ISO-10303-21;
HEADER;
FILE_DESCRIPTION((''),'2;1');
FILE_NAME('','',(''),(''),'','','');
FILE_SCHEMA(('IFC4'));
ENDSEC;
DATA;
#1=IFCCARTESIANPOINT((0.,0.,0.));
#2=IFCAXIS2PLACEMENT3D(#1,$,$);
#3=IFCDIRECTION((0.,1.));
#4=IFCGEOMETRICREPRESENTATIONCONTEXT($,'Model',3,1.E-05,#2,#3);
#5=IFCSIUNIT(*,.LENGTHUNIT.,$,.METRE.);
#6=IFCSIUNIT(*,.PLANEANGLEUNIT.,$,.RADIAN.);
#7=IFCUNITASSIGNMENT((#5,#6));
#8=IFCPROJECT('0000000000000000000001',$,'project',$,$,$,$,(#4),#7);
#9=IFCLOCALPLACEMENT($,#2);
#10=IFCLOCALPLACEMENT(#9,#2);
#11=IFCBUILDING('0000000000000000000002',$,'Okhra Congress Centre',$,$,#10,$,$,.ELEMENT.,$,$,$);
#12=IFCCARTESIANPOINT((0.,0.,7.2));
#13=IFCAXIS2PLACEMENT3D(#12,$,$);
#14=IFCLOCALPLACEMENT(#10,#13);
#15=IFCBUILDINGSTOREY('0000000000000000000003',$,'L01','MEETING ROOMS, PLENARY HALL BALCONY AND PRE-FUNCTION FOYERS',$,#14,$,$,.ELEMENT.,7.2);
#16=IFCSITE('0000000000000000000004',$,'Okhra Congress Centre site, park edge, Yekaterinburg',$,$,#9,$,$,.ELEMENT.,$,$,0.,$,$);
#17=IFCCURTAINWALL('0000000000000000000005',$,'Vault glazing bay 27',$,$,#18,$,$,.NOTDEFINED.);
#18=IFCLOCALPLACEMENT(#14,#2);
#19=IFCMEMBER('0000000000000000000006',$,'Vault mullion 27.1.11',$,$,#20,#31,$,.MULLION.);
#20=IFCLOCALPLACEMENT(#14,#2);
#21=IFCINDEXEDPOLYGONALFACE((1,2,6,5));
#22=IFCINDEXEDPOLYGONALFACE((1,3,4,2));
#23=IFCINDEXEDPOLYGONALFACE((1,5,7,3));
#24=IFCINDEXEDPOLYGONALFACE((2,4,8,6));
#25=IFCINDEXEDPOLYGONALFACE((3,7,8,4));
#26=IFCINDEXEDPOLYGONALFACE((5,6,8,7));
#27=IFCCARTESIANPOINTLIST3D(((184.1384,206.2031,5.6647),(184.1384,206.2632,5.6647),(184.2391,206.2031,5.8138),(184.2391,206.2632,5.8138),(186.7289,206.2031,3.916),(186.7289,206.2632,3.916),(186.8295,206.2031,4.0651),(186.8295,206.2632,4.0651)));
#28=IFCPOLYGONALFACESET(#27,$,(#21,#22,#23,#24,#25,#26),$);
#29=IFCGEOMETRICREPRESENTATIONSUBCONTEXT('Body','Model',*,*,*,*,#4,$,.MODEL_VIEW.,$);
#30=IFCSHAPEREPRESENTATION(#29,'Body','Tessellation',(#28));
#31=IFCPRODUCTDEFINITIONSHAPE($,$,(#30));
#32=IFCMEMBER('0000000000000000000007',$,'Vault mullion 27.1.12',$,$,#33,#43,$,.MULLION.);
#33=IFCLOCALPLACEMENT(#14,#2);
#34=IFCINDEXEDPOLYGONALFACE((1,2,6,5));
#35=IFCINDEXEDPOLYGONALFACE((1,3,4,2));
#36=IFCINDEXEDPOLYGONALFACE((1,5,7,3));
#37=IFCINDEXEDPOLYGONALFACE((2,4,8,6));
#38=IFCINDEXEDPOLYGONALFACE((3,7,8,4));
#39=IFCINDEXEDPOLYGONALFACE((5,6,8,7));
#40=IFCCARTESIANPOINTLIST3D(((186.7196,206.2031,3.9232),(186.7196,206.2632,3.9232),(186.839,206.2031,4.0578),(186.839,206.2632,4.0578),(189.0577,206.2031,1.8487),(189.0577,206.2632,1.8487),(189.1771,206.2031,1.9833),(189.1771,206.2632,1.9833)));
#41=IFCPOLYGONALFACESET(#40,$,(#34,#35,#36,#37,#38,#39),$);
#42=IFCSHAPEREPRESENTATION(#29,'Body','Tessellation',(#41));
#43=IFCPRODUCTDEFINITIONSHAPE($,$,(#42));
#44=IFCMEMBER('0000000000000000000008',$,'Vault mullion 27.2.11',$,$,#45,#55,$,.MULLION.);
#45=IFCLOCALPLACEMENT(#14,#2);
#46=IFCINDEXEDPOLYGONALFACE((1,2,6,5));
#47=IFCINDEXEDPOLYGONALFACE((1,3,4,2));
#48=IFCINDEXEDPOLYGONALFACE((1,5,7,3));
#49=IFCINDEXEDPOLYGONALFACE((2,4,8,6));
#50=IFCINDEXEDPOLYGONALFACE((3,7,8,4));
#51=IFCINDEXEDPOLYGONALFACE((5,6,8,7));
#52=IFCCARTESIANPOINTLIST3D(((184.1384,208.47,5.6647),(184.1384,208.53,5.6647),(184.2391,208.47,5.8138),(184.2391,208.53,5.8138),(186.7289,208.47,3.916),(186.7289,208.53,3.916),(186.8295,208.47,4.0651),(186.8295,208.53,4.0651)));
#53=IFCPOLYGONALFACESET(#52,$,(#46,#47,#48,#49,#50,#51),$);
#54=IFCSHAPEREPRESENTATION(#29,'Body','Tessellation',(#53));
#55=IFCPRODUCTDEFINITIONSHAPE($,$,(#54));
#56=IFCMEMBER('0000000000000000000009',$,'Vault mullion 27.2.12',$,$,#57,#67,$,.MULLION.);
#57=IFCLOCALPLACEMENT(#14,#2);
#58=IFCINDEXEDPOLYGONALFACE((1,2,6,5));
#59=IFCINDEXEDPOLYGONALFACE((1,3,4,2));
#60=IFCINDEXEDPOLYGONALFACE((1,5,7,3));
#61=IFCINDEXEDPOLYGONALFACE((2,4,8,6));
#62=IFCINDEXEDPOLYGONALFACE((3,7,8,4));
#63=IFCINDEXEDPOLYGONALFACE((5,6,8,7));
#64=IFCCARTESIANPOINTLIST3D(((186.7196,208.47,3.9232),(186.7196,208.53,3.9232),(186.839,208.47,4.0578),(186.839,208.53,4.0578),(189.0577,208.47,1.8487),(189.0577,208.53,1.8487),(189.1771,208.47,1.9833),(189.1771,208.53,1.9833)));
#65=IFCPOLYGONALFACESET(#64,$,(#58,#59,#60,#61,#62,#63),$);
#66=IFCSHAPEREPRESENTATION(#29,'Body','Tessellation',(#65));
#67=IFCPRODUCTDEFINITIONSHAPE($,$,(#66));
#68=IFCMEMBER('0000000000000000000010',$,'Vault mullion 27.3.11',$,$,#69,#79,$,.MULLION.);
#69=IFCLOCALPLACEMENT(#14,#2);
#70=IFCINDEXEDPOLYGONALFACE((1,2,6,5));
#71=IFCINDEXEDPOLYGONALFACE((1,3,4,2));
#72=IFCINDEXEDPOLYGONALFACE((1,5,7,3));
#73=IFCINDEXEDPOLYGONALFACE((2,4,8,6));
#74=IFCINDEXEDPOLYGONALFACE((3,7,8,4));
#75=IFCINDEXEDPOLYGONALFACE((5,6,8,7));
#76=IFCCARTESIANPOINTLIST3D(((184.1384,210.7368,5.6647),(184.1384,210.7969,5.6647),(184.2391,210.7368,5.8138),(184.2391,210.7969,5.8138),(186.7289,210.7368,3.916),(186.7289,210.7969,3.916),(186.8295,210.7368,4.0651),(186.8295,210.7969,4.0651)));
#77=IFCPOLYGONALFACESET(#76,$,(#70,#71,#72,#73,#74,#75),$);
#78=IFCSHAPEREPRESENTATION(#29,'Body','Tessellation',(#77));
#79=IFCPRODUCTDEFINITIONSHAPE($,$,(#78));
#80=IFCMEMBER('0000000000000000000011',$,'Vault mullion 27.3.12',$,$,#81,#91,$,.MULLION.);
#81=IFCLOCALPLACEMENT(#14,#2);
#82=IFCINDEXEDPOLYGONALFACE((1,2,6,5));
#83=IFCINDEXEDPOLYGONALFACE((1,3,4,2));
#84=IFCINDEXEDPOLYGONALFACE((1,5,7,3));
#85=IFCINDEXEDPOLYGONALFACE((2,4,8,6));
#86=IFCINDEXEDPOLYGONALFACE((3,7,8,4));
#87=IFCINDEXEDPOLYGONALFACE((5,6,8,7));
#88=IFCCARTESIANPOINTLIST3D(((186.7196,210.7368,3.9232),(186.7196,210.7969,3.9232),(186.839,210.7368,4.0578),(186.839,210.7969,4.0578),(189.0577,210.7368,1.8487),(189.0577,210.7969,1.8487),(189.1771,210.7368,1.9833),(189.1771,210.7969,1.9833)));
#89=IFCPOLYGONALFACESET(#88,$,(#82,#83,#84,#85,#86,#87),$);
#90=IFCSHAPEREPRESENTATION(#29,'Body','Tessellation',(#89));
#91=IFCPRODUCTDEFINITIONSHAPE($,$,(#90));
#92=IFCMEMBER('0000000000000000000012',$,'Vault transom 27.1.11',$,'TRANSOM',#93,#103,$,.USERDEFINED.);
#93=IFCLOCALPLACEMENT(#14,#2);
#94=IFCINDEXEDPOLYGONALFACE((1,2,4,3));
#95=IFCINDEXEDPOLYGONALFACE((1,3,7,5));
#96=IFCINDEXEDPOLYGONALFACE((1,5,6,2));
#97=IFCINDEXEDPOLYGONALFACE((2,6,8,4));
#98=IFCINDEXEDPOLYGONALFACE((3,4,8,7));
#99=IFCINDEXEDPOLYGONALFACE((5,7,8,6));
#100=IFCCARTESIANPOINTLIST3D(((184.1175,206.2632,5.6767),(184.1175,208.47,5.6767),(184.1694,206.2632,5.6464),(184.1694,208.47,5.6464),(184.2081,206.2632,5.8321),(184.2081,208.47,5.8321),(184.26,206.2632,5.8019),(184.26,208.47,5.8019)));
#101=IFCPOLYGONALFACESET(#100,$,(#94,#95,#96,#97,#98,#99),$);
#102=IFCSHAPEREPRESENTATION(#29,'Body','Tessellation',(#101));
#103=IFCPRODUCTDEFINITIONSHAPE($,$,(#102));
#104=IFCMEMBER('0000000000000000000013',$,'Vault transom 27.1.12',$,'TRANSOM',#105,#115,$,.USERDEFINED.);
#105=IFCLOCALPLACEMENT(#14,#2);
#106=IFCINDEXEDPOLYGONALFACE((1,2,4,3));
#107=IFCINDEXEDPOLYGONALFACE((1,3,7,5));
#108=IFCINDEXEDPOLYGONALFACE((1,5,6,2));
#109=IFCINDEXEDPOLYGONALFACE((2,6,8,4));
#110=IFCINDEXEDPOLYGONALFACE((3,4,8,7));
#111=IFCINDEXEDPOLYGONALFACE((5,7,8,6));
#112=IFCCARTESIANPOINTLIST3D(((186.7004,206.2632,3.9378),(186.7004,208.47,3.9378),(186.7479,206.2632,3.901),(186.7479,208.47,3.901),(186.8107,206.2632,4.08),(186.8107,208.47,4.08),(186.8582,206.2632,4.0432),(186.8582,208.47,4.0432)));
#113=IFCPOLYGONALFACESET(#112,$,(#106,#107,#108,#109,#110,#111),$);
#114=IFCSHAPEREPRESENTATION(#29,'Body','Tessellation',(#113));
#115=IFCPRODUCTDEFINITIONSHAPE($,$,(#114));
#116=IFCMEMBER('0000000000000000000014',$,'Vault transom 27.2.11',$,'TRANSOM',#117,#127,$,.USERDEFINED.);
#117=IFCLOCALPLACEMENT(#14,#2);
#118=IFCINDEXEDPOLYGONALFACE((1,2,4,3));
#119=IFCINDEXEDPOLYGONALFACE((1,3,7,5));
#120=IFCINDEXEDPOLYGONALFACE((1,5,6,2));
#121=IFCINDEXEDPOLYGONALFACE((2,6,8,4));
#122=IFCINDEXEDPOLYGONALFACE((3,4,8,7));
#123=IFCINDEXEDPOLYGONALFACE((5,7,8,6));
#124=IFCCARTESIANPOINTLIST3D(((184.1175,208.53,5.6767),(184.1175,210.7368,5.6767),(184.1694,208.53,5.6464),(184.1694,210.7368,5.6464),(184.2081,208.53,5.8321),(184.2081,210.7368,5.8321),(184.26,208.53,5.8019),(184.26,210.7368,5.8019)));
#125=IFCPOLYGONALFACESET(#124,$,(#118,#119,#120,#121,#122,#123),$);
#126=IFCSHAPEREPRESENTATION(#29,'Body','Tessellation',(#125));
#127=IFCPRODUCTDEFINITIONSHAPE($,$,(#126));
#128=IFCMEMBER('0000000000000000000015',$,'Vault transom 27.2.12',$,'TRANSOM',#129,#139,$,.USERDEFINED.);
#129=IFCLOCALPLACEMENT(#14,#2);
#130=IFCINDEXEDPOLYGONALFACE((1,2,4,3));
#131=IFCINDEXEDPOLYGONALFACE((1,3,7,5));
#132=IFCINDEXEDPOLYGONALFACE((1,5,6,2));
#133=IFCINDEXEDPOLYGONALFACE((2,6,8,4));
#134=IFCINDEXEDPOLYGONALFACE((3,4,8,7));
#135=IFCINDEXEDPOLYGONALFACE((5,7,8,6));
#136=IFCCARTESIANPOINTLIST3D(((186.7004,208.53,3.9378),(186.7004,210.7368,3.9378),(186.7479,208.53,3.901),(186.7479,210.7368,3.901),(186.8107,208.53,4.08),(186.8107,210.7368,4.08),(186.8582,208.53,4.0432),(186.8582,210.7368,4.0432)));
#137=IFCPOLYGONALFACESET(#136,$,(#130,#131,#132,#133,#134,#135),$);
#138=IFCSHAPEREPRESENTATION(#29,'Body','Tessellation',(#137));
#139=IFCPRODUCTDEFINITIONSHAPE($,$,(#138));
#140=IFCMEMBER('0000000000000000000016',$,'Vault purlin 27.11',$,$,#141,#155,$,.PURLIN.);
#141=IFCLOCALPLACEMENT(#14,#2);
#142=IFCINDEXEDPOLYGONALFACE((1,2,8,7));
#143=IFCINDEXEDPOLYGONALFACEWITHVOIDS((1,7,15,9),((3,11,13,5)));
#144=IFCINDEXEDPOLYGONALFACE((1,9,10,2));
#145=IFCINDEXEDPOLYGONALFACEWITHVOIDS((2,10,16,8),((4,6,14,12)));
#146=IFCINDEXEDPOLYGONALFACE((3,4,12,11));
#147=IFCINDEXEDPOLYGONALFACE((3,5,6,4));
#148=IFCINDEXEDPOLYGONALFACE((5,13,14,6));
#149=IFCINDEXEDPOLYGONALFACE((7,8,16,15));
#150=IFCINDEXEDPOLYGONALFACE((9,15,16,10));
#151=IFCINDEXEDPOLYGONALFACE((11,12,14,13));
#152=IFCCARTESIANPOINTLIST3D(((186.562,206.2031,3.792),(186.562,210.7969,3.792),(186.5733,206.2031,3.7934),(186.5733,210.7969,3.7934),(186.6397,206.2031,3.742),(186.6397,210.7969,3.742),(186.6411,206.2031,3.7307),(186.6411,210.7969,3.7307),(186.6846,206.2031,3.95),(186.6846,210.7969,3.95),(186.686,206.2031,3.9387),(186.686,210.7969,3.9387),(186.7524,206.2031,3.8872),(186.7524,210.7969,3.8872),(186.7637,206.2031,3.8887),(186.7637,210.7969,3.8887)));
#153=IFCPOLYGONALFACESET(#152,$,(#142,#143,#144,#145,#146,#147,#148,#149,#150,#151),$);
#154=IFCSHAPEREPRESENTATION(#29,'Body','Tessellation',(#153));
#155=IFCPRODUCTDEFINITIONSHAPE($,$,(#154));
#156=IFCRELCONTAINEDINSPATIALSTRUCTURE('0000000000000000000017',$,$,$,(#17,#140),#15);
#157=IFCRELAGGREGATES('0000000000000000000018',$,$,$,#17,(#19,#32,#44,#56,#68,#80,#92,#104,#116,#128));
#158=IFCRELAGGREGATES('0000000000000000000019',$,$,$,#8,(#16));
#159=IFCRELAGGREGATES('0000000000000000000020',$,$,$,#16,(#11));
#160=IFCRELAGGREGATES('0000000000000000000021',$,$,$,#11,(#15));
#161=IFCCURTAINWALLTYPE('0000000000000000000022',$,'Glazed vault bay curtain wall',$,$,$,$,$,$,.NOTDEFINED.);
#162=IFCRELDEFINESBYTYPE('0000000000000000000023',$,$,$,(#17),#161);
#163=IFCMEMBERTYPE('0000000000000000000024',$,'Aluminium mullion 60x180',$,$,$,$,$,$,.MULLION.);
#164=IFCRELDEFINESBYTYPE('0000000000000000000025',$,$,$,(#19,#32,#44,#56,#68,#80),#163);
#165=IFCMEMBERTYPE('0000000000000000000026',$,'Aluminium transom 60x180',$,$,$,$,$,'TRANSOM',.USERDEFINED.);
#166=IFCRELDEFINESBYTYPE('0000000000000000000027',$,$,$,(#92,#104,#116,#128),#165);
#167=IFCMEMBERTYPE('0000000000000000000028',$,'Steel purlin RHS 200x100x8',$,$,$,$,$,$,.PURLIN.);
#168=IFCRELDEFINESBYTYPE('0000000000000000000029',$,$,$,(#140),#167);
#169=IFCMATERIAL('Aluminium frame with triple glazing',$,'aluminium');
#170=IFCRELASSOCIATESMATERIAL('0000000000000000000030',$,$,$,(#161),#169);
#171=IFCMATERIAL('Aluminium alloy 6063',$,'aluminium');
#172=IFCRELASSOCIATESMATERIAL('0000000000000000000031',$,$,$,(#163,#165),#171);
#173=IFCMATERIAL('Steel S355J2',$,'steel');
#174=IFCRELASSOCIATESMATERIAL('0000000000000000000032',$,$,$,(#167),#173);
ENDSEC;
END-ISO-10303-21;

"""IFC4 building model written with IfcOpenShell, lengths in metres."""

from ifc_helpers import new_model, si_unit, direction, frame, origin, origin_2d, place, context, subcontext, project, spatial, rectangle, hollow_rectangle, extrude, material, material_profile, profile_set, type_object, element, aggregate, save


model = new_model("IFC4")

# Units and contexts
model_context = context("Model", 3, precision=1e-05, world=origin(), true_north=direction((0.0, 1.0)))
body_context = subcontext(model_context, "Body", "Model", "MODEL_VIEW")
ifc_project = project(units=[si_unit("LENGTHUNIT", "METRE"), si_unit("PLANEANGLEUNIT", "RADIAN")], contexts=[model_context])

# Site, building, storey
site_placement = place(None, origin())
site = spatial("IfcSite", under=ifc_project, at=site_placement, Name="Okhra Congress Centre site, park edge, Yekaterinburg", CompositionType="ELEMENT", RefElevation=0.0)
building_placement = place(site_placement, origin())
building = spatial("IfcBuilding", under=site, at=building_placement, Name="Okhra Congress Centre", CompositionType="ELEMENT")
storey_placement = place(building_placement, frame((0.0, 0.0, 7.2)))
storey = spatial("IfcBuildingStorey", under=building, at=storey_placement, Name="L01", Description="MEETING ROOMS, PLENARY HALL BALCONY AND PRE-FUNCTION FOYERS", CompositionType="ELEMENT", Elevation=7.2)

# Curtain wall, members
ifc_material_1 = material(Name="Aluminium frame with triple glazing", Category="aluminium")
curtain_wall_type = type_object("IfcCurtainWallType", Name="Glazed vault bay curtain wall", PredefinedType="NOTDEFINED", material=ifc_material_1)
curtain_wall_placement = place(storey_placement, origin())
curtain_wall = element("IfcCurtainWall", 1, at=curtain_wall_placement, inside=storey, type_object=curtain_wall_type, Name="Vault glazing bay 27", PredefinedType="NOTDEFINED")
ifc_material_2 = material(Name="Aluminium alloy 6063", Category="aluminium")
ifc_material_profile_1 = material_profile(ifc_material_2, rectangle(XDim=0.0601, YDim=0.1799, at=origin_2d()), Name="AL 60x180")
ifc_profile_set_1 = profile_set([ifc_material_profile_1], Name="Aluminium alloy 6063")
member_type_1 = type_object("IfcMemberType", Name="Aluminium mullion 60x180", PredefinedType="MULLION", material=ifc_profile_set_1)
member_1_placement = place(storey_placement, frame((184.1887, 206.2332, 5.7393), z_axis=(0.828828, 0.0, -0.559504), x_axis=(0.0, 1.0, 0.0)))
member_1 = element("IfcMember", 2, at=member_1_placement, type_object=member_type_1, Name="Vault mullion 27.1.11", PredefinedType="MULLION", context=body_context, shape_type="SweptSolid", body=[
    extrude(rectangle(XDim=0.0601, YDim=0.1799, at=origin_2d()), origin(), (0.0, 0.0, 1.0), 3.1255),
])
member_2_placement = place(storey_placement, frame((186.7793, 206.2332, 3.9905), z_axis=(0.748025, 0.0, -0.66367), x_axis=(0.0, 1.0, 0.0)))
member_2 = element("IfcMember", 3, at=member_2_placement, type_object=member_type_1, Name="Vault mullion 27.1.12", PredefinedType="MULLION", context=body_context, shape_type="SweptSolid", body=[
    extrude(rectangle(XDim=0.0601, YDim=0.1799, at=origin_2d()), origin(), (0.0, 0.0, 1.0), 3.1257),
])
member_3_placement = place(storey_placement, frame((184.1887, 208.5, 5.7393), z_axis=(0.828828, 0.0, -0.559504), x_axis=(0.0, 1.0, 0.0)))
member_3 = element("IfcMember", 4, at=member_3_placement, type_object=member_type_1, Name="Vault mullion 27.2.11", PredefinedType="MULLION", context=body_context, shape_type="SweptSolid", body=[
    extrude(rectangle(XDim=0.0601, YDim=0.1799, at=origin_2d()), origin(), (0.0, 0.0, 1.0), 3.1255),
])
member_4_placement = place(storey_placement, frame((186.7793, 208.5, 3.9905), z_axis=(0.748025, 0.0, -0.66367), x_axis=(0.0, 1.0, 0.0)))
member_4 = element("IfcMember", 5, at=member_4_placement, type_object=member_type_1, Name="Vault mullion 27.2.12", PredefinedType="MULLION", context=body_context, shape_type="SweptSolid", body=[
    extrude(rectangle(XDim=0.0601, YDim=0.1799, at=origin_2d()), origin(), (0.0, 0.0, 1.0), 3.1257),
])
member_5_placement = place(storey_placement, frame((184.1887, 210.7668, 5.7393), z_axis=(0.828828, 0.0, -0.559504), x_axis=(0.0, 1.0, 0.0)))
member_5 = element("IfcMember", 6, at=member_5_placement, type_object=member_type_1, Name="Vault mullion 27.3.11", PredefinedType="MULLION", context=body_context, shape_type="SweptSolid", body=[
    extrude(rectangle(XDim=0.0601, YDim=0.1799, at=origin_2d()), origin(), (0.0, 0.0, 1.0), 3.1255),
])
member_6_placement = place(storey_placement, frame((186.7793, 210.7668, 3.9905), z_axis=(0.748025, 0.0, -0.66367), x_axis=(0.0, 1.0, 0.0)))
member_6 = element("IfcMember", 7, at=member_6_placement, type_object=member_type_1, Name="Vault mullion 27.3.12", PredefinedType="MULLION", context=body_context, shape_type="SweptSolid", body=[
    extrude(rectangle(XDim=0.0601, YDim=0.1799, at=origin_2d()), origin(), (0.0, 0.0, 1.0), 3.1257),
])
ifc_material_profile_2 = material_profile(ifc_material_2, rectangle(XDim=0.0601, YDim=0.1799, at=origin_2d()), Name="AL 60x180 transom")
ifc_profile_set_2 = profile_set([ifc_material_profile_2], Name="Aluminium alloy 6063")
member_type_2 = type_object("IfcMemberType", Name="Aluminium transom 60x180", ElementType="TRANSOM", PredefinedType="USERDEFINED", material=ifc_profile_set_2)
member_7_placement = place(storey_placement, frame((184.1887, 206.2632, 5.7393), z_axis=(0.0, 1.0, 0.0), x_axis=(-0.863917, 0.0, 0.503634)))
member_7 = element("IfcMember", 8, at=member_7_placement, type_object=member_type_2, Name="Vault transom 27.1.11", ObjectType="TRANSOM", PredefinedType="USERDEFINED", context=body_context, shape_type="SweptSolid", body=[
    extrude(rectangle(XDim=0.0601, YDim=0.1799, at=origin_2d()), origin(), (0.0, 0.0, 1.0), 2.2068),
])
member_8_placement = place(storey_placement, frame((186.7793, 206.2632, 3.9905), z_axis=(0.0, 1.0, 0.0), x_axis=(-0.790145, 0.0, 0.61292)))
member_8 = element("IfcMember", 9, at=member_8_placement, type_object=member_type_2, Name="Vault transom 27.1.12", ObjectType="TRANSOM", PredefinedType="USERDEFINED", context=body_context, shape_type="SweptSolid", body=[
    extrude(rectangle(XDim=0.0601, YDim=0.1799, at=origin_2d()), origin(), (0.0, 0.0, 1.0), 2.2068),
])
member_9_placement = place(storey_placement, frame((184.1887, 208.53, 5.7393), z_axis=(0.0, 1.0, 0.0), x_axis=(-0.863917, 0.0, 0.503634)))
member_9 = element("IfcMember", 10, at=member_9_placement, type_object=member_type_2, Name="Vault transom 27.2.11", ObjectType="TRANSOM", PredefinedType="USERDEFINED", context=body_context, shape_type="SweptSolid", body=[
    extrude(rectangle(XDim=0.0601, YDim=0.1799, at=origin_2d()), origin(), (0.0, 0.0, 1.0), 2.2068),
])
member_10_placement = place(storey_placement, frame((186.7793, 208.53, 3.9905), z_axis=(0.0, 1.0, 0.0), x_axis=(-0.790145, 0.0, 0.61292)))
member_10 = element("IfcMember", 11, at=member_10_placement, type_object=member_type_2, Name="Vault transom 27.2.12", ObjectType="TRANSOM", PredefinedType="USERDEFINED", context=body_context, shape_type="SweptSolid", body=[
    extrude(rectangle(XDim=0.0601, YDim=0.1799, at=origin_2d()), origin(), (0.0, 0.0, 1.0), 2.2068),
])

# Member
ifc_material_3 = material(Name="Steel S355J2", Category="steel")
ifc_material_profile_3 = material_profile(ifc_material_3, hollow_rectangle(XDim=0.1001, YDim=0.2, WallThickness=0.0081, at=origin_2d()), Name="RHS 200x100x8")
ifc_profile_set_3 = profile_set([ifc_material_profile_3], Name="Steel S355J2")
member_type_3 = type_object("IfcMemberType", Name="Steel purlin RHS 200x100x8", PredefinedType="PURLIN", material=ifc_profile_set_3)
member_11_placement = place(storey_placement, frame((186.6628, 206.2031, 3.8403), z_axis=(0.0, 1.0, 0.0), x_axis=(-0.790145, 0.0, 0.61292)))
element("IfcMember", 12, at=member_11_placement, inside=storey, type_object=member_type_3, Name="Vault purlin 27.11", PredefinedType="PURLIN", context=body_context, shape_type="SweptSolid", body=[
    extrude(hollow_rectangle(XDim=0.1001, YDim=0.2, WallThickness=0.0081, at=origin_2d()), origin(), (0.0, 0.0, 1.0), 4.5938),
])

aggregate(curtain_wall, [member_1, member_2, member_3, member_4, member_5, member_6, member_7, member_8, member_9, member_10])

save(model, "model.ifc")
